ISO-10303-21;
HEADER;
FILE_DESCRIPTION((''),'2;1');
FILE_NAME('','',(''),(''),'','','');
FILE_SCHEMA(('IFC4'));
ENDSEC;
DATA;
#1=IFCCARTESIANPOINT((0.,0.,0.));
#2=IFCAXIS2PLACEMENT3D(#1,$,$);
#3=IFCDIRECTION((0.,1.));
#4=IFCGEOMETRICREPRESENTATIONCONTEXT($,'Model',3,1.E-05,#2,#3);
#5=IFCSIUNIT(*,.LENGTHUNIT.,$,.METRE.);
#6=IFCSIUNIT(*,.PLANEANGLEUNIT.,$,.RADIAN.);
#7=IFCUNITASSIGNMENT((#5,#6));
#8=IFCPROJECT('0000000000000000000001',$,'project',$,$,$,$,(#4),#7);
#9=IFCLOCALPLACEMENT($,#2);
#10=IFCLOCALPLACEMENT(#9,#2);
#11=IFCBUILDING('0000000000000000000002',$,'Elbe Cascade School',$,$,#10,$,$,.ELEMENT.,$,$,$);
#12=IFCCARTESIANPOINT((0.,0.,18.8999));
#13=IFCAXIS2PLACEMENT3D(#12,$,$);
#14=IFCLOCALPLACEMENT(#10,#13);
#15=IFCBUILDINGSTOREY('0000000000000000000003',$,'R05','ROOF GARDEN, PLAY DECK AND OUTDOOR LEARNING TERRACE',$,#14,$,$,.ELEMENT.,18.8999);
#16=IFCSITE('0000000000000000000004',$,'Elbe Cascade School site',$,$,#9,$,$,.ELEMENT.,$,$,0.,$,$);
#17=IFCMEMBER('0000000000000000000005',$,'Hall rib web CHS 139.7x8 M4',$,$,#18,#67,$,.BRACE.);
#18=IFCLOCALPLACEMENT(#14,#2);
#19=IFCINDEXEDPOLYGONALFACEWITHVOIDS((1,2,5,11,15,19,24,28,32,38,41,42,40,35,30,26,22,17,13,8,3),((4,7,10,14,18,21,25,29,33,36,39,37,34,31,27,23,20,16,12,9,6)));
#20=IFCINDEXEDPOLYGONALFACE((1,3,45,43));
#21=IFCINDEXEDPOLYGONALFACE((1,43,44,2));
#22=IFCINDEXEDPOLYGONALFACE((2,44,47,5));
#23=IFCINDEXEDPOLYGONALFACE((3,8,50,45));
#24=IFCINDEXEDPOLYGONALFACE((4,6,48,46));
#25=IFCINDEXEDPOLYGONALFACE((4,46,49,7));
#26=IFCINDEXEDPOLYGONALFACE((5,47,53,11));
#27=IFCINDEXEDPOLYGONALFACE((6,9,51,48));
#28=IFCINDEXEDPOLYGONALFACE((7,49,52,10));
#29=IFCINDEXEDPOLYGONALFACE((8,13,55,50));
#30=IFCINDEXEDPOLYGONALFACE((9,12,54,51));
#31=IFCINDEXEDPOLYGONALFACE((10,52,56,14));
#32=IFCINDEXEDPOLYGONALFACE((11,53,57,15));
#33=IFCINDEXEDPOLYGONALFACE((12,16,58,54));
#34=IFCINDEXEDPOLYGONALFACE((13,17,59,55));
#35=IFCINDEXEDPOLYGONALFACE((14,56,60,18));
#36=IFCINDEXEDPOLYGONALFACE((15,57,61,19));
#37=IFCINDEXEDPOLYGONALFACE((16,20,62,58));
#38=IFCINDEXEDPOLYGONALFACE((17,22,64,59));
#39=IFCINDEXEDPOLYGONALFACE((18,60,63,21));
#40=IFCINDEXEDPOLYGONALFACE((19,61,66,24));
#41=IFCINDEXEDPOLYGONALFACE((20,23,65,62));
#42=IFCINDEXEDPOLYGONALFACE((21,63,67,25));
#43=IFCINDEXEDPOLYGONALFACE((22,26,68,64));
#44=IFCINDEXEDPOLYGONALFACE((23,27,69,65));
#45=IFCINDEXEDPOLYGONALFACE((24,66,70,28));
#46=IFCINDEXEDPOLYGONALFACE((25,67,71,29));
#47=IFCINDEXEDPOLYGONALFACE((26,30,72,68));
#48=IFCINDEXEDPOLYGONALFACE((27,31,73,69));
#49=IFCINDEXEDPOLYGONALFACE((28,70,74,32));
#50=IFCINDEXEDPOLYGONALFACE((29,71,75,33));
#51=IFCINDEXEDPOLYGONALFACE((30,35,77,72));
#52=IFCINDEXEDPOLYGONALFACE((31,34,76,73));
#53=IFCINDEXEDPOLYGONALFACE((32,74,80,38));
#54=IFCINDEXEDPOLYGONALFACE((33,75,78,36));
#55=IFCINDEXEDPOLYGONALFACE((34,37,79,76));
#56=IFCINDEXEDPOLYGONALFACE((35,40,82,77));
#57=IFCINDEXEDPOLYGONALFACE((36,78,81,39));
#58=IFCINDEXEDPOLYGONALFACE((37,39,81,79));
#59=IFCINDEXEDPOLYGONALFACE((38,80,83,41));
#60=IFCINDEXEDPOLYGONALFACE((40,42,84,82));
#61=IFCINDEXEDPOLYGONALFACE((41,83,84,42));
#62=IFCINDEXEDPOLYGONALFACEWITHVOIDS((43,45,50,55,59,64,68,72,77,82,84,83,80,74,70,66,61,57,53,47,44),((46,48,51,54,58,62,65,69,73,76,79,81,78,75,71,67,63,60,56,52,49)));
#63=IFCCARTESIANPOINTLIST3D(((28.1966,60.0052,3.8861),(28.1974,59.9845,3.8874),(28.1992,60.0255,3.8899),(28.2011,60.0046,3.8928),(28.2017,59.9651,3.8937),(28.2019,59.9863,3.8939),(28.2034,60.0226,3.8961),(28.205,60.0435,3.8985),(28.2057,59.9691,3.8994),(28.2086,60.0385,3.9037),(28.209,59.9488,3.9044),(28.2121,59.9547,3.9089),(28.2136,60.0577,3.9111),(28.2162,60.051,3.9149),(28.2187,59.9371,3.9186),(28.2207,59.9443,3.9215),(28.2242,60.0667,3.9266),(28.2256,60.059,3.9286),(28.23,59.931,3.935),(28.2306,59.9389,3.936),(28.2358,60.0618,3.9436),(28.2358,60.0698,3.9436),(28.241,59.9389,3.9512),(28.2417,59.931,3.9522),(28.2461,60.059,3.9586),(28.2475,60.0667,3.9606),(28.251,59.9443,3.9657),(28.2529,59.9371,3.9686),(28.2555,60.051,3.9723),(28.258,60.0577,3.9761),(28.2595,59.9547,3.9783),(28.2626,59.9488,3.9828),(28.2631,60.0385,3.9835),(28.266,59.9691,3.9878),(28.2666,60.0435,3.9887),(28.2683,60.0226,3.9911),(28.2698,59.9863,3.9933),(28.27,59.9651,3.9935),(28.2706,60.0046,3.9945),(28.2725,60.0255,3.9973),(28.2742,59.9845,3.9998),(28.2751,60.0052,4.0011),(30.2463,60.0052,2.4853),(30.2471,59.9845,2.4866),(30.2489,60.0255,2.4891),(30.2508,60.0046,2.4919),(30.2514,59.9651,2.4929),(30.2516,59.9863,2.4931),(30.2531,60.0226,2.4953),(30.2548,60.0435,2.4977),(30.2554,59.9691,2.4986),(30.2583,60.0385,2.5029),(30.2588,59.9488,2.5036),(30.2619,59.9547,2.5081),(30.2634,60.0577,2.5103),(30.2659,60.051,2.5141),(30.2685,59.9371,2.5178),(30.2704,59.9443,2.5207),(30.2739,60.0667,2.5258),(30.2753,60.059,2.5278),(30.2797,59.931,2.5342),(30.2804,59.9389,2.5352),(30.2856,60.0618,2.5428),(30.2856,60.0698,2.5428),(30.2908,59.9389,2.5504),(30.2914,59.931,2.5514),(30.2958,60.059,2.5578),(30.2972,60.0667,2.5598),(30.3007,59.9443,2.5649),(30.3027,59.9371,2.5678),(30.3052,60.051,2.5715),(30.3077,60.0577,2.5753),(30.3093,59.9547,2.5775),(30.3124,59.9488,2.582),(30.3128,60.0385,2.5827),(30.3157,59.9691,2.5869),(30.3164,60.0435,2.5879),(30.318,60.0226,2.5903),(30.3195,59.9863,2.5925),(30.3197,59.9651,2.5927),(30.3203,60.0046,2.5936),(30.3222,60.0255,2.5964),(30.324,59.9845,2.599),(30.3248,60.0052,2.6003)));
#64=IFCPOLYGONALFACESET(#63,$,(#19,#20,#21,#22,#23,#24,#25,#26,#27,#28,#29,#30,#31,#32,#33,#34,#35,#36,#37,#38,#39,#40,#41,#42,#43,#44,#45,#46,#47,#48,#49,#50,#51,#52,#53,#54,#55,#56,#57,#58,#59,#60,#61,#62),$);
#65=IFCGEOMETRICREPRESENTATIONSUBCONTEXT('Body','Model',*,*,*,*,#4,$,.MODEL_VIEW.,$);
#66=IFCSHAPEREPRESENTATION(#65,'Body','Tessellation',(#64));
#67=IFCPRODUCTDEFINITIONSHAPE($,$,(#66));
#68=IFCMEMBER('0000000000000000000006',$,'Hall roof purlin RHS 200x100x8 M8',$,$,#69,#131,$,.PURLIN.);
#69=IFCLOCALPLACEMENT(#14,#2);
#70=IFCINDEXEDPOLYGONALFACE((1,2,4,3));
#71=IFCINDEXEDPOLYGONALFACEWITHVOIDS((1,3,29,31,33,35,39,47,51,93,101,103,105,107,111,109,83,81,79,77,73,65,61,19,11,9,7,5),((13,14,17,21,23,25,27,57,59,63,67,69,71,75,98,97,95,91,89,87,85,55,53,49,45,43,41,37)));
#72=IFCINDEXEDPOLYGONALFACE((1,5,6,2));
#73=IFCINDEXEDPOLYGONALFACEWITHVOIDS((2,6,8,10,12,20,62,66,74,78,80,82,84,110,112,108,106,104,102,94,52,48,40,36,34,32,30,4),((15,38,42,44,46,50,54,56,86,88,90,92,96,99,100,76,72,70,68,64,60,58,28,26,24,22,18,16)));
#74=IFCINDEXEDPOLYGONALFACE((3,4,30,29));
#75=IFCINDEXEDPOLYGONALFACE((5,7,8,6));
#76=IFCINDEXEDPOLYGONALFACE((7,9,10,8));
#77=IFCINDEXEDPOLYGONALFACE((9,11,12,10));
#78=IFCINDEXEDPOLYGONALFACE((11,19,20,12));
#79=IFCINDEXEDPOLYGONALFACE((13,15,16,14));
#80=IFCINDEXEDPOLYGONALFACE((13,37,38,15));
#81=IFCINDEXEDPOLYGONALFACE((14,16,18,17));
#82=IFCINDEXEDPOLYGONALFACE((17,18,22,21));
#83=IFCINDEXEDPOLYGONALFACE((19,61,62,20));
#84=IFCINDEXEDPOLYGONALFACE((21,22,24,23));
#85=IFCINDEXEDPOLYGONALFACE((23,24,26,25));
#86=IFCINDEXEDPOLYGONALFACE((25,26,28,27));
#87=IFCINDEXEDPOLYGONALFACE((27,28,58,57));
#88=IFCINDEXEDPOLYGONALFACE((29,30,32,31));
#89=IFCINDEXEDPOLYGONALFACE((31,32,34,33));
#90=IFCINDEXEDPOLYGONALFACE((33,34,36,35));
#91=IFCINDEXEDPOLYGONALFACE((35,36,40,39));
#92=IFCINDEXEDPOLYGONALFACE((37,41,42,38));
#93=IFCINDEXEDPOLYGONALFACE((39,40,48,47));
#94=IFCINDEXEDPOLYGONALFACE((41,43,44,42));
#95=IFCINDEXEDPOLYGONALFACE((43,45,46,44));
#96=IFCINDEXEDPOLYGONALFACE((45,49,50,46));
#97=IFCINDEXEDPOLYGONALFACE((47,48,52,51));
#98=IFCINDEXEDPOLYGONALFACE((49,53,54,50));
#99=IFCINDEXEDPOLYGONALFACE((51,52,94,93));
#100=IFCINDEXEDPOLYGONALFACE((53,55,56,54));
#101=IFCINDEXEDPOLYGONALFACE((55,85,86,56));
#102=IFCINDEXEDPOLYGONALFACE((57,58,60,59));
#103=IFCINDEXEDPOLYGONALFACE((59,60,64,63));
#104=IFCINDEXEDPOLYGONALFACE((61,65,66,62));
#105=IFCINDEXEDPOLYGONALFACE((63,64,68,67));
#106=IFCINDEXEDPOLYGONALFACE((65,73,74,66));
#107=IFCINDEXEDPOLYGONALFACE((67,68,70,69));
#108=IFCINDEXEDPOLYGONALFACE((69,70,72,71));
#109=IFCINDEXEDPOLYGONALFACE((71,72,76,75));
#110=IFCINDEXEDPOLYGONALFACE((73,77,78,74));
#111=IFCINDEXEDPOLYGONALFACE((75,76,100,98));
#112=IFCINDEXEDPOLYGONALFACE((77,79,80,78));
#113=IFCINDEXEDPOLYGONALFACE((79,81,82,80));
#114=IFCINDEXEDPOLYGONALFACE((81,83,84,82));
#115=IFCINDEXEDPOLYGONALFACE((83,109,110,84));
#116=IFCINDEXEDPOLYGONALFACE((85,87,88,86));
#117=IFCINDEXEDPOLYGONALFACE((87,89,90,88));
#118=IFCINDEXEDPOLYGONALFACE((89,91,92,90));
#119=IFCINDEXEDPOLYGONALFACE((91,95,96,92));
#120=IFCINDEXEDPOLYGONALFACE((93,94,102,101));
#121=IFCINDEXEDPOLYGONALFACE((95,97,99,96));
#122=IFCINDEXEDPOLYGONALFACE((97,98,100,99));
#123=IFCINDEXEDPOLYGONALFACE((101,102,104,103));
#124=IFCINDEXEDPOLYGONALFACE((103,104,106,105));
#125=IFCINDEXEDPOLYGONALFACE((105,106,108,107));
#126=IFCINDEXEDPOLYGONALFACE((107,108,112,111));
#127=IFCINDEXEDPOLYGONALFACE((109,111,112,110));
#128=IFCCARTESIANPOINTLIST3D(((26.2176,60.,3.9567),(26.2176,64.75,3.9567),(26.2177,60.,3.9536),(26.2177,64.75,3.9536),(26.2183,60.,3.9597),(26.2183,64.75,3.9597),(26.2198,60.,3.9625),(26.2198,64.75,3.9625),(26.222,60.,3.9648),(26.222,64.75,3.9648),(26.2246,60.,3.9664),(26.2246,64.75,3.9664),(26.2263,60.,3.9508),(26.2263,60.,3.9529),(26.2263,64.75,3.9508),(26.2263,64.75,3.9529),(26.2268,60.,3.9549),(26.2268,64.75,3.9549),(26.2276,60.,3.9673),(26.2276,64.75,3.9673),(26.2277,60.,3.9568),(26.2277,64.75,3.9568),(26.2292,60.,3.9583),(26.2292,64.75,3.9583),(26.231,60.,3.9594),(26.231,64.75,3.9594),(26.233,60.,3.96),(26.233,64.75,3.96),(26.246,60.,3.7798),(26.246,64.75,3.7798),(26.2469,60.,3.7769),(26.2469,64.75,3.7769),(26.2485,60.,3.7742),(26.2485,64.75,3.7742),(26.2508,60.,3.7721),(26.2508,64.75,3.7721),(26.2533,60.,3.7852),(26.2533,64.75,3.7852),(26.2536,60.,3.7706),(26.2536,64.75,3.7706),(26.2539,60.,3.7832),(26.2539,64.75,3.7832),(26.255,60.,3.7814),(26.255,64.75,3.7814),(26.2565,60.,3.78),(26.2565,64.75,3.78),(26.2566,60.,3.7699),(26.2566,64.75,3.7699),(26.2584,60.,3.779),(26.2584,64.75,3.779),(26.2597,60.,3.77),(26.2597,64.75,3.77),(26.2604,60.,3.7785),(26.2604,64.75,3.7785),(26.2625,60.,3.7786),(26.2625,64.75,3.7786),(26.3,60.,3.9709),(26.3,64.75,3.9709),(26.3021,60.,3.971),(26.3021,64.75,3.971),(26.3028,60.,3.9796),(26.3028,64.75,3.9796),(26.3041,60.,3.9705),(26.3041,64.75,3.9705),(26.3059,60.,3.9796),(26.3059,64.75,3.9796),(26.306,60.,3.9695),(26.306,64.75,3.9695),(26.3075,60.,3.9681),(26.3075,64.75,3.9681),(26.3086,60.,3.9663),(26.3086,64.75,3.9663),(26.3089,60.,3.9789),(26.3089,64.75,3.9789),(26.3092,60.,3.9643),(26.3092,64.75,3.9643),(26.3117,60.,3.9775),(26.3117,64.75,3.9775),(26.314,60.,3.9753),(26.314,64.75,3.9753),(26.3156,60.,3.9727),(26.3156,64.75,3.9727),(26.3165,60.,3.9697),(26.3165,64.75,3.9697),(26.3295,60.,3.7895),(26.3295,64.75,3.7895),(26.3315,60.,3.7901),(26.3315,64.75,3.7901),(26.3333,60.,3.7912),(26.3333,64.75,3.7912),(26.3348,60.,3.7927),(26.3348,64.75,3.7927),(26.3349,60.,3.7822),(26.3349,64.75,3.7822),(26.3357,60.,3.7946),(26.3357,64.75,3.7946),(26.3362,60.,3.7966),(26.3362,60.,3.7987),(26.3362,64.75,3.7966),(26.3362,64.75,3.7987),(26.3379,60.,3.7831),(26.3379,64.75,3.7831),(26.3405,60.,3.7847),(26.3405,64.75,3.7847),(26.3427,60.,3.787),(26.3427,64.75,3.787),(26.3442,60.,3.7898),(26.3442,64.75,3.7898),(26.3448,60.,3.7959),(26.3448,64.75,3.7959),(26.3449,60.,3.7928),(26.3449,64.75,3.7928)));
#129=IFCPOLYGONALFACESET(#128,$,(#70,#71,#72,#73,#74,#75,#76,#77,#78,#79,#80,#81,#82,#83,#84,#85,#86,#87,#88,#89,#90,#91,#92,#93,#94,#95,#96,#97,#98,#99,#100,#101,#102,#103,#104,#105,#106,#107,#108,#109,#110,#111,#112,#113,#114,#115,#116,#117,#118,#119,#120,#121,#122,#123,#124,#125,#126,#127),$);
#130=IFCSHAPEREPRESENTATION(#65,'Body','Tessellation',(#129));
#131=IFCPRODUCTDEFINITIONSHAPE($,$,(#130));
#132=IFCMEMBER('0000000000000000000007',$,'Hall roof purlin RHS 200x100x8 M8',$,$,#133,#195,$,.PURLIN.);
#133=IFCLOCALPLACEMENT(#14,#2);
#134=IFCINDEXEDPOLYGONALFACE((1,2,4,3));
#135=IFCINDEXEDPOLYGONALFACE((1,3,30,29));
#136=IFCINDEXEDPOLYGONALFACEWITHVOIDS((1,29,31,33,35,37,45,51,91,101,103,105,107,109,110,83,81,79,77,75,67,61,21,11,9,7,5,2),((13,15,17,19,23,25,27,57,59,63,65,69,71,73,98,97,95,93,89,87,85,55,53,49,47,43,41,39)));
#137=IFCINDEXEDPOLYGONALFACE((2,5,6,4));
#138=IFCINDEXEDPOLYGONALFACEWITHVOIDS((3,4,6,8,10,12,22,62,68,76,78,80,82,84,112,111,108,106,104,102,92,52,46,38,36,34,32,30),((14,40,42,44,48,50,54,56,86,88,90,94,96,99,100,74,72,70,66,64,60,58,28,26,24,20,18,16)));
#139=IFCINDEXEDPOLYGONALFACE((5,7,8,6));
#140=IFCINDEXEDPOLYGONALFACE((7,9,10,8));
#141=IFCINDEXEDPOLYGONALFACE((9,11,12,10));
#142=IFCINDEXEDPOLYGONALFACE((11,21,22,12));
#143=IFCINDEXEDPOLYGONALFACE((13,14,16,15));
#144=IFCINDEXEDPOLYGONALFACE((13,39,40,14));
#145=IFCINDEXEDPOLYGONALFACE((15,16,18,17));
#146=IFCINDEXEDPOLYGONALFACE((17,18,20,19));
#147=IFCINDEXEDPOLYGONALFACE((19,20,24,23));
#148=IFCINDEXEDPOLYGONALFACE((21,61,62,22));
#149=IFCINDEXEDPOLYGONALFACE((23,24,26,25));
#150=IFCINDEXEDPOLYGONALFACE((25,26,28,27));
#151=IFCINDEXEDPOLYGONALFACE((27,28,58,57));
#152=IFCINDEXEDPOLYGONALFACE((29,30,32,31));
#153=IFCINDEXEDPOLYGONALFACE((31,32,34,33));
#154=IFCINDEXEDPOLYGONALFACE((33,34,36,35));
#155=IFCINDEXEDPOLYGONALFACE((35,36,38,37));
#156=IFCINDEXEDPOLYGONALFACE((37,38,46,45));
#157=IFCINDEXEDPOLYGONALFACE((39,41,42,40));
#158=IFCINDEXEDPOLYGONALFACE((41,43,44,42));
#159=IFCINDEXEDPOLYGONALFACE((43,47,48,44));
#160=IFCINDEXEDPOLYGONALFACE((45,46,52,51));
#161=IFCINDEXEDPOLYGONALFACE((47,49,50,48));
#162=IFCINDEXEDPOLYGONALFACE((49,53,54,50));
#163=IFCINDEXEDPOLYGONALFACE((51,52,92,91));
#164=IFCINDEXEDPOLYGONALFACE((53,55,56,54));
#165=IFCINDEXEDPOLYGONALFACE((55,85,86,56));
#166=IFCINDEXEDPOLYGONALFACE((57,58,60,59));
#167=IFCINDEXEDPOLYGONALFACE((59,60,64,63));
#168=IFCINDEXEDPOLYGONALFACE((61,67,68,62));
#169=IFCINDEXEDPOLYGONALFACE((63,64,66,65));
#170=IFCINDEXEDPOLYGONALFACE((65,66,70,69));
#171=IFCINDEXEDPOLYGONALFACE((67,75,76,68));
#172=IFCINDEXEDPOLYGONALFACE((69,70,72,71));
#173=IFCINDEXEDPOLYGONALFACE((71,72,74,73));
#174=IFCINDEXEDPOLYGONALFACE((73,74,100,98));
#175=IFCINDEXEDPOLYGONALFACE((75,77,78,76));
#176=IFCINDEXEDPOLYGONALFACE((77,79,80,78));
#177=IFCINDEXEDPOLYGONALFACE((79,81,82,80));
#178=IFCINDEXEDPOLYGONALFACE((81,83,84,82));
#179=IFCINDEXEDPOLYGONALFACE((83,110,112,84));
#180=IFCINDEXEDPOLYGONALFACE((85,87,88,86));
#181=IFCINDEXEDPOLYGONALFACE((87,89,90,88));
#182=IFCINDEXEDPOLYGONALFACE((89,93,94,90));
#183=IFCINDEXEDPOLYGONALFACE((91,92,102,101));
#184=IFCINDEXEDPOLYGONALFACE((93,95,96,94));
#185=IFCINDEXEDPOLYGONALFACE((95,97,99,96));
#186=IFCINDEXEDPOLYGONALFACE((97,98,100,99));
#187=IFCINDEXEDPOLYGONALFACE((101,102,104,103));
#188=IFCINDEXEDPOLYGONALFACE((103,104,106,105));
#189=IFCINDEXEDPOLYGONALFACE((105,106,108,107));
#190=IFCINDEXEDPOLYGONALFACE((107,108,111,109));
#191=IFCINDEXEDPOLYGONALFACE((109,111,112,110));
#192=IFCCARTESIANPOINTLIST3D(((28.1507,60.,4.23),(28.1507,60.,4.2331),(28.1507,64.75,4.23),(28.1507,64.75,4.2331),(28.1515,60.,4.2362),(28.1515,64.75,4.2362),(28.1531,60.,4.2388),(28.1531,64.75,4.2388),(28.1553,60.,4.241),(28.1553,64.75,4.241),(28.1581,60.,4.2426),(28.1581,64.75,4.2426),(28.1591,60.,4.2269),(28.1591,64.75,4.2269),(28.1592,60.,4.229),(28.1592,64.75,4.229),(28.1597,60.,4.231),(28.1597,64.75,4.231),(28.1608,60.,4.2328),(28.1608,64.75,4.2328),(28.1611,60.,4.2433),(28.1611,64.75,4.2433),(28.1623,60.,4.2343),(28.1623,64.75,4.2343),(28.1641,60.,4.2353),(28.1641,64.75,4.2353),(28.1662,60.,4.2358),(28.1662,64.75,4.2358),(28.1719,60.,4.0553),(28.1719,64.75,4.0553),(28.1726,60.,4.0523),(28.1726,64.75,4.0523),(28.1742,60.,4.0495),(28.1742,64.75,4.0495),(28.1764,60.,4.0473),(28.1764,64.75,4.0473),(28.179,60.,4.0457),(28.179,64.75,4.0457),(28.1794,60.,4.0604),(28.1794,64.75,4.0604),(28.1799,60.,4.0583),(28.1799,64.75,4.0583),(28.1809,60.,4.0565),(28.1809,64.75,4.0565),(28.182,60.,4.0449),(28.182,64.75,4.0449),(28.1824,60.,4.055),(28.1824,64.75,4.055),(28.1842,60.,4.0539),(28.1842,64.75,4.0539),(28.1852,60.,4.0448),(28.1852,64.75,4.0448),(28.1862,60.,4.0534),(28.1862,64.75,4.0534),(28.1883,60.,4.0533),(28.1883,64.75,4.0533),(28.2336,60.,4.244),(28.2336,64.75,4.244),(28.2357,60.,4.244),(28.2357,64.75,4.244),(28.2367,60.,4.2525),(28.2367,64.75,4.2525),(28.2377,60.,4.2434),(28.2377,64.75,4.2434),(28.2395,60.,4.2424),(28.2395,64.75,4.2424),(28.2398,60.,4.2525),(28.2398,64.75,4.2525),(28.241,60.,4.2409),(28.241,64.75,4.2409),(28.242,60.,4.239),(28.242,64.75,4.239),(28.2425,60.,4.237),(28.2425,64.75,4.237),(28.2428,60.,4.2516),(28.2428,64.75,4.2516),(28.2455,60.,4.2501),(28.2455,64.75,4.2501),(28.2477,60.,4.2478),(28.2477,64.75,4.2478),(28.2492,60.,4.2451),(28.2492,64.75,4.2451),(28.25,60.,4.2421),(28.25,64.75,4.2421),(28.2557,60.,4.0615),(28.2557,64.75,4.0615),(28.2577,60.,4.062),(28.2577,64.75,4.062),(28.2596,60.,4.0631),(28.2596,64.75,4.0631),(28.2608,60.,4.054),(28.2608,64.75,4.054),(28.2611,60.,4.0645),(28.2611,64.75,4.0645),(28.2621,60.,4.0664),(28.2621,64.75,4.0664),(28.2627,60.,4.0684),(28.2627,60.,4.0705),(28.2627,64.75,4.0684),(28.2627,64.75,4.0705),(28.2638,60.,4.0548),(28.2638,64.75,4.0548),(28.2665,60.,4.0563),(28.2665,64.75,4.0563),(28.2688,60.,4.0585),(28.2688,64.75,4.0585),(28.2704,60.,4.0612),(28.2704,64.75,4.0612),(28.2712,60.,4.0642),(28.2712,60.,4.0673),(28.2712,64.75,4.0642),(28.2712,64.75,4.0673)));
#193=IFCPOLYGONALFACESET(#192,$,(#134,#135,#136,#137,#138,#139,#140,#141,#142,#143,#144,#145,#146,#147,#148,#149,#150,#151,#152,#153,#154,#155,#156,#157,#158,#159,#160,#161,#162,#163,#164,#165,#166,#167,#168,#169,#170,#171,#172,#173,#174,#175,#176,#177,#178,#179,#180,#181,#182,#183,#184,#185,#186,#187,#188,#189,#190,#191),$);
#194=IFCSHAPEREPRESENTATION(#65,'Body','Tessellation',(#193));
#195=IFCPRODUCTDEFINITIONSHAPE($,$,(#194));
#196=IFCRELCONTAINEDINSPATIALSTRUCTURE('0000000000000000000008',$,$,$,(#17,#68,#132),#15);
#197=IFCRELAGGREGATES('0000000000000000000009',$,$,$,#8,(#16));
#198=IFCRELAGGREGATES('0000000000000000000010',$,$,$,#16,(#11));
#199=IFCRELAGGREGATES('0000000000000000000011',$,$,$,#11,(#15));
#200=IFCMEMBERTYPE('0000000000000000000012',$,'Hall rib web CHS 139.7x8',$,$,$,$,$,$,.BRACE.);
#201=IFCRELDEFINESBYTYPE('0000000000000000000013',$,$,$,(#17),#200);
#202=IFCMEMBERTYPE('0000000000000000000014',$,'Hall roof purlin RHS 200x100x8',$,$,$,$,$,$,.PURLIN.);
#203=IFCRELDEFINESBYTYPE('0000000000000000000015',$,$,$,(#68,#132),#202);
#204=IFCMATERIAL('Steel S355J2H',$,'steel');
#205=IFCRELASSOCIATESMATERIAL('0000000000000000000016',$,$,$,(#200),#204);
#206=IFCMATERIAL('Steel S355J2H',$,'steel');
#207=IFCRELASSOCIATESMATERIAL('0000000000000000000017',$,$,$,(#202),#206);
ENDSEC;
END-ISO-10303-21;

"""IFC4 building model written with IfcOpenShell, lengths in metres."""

from ifc_helpers import new_model, si_unit, direction, frame, origin, origin_2d, place, context, subcontext, project, spatial, hollow_rectangle, hollow_circle, extrude, material, material_profile, profile_set, type_object, element, save


model = new_model("IFC4")

# Units and contexts
model_context = context("Model", 3, precision=1e-05, world=origin(), true_north=direction((0.0, 1.0)))
body_context = subcontext(model_context, "Body", "Model", "MODEL_VIEW")
ifc_project = project(units=[si_unit("LENGTHUNIT", "METRE"), si_unit("PLANEANGLEUNIT", "RADIAN")], contexts=[model_context])

# Site, building, storey
site_placement = place(None, origin())
site = spatial("IfcSite", under=ifc_project, at=site_placement, Name="Elbe Cascade School site", CompositionType="ELEMENT", RefElevation=0.0)
building_placement = place(site_placement, origin())
building = spatial("IfcBuilding", under=site, at=building_placement, Name="Elbe Cascade School", CompositionType="ELEMENT")
storey_placement = place(building_placement, frame((0.0, 0.0, 18.8999)))
storey = spatial("IfcBuildingStorey", under=building, at=storey_placement, Name="R05", Description="ROOF GARDEN, PLAY DECK AND OUTDOOR LEARNING TERRACE", CompositionType="ELEMENT", Elevation=18.8999)

# Members
ifc_material_1 = material(Name="Steel S355J2H", Category="steel")
ifc_material_profile_1 = material_profile(ifc_material_1, hollow_circle(Radius=0.0698, WallThickness=0.0081, at=origin_2d()), Name="CHS 139.7x8")
ifc_profile_set_1 = profile_set([ifc_material_profile_1], Name="Steel S355J2H")
member_type_1 = type_object("IfcMemberType", Name="Hall rib web CHS 139.7x8", PredefinedType="BRACE", material=ifc_profile_set_1)
member_1_placement = place(storey_placement, frame((28.2358, 60.0, 3.9436), z_axis=(0.825611, 0.0, -0.56424), x_axis=(0.0, 1.0, 0.0)))
element("IfcMember", 1, at=member_1_placement, inside=storey, type_object=member_type_1, Name="Hall rib web CHS 139.7x8 M4", PredefinedType="BRACE", context=body_context, shape_type="SweptSolid", body=[
    extrude(hollow_circle(Radius=0.0698, WallThickness=0.0081, at=origin_2d()), origin(), (0.0, 0.0, 1.0), 2.4827),
])
ifc_material_2 = material(Name="Steel S355J2H", Category="steel")
ifc_material_profile_2 = material_profile(ifc_material_2, hollow_rectangle(XDim=0.1001, YDim=0.2, WallThickness=0.0081, InnerFilletRadius=0.0081, OuterFilletRadius=0.012, at=origin_2d()), Name="RHS 200x100x8")
ifc_profile_set_2 = profile_set([ifc_material_profile_2], Name="Steel S355J2H")
member_type_2 = type_object("IfcMemberType", Name="Hall roof purlin RHS 200x100x8", PredefinedType="PURLIN", material=ifc_profile_set_2)
for number, where, z_axis, x_axis, name in (
    (2, (26.2812, 60.0, 3.8748), (0.0, 1.0, 0.0), (-0.987017, 0.0, -0.160618), "Hall roof purlin RHS 200x100x8 M8"),
    (3, (28.2109, 60.0, 4.1487), (0.0, 1.0, 0.0), (-0.992718, 0.0, -0.120463), "Hall roof purlin RHS 200x100x8 M8"),
):
    element("IfcMember", number, at=place(storey_placement, frame(where, z_axis=z_axis, x_axis=x_axis)), inside=storey, type_object=member_type_2, Name=name, PredefinedType="PURLIN", context=body_context, shape_type="SweptSolid", body=[
        extrude(hollow_rectangle(XDim=0.1001, YDim=0.2, WallThickness=0.0081, InnerFilletRadius=0.0081, OuterFilletRadius=0.012, at=origin_2d()), origin(), (0.0, 0.0, 1.0), 4.75),
    ])

save(model, "model.ifc")
